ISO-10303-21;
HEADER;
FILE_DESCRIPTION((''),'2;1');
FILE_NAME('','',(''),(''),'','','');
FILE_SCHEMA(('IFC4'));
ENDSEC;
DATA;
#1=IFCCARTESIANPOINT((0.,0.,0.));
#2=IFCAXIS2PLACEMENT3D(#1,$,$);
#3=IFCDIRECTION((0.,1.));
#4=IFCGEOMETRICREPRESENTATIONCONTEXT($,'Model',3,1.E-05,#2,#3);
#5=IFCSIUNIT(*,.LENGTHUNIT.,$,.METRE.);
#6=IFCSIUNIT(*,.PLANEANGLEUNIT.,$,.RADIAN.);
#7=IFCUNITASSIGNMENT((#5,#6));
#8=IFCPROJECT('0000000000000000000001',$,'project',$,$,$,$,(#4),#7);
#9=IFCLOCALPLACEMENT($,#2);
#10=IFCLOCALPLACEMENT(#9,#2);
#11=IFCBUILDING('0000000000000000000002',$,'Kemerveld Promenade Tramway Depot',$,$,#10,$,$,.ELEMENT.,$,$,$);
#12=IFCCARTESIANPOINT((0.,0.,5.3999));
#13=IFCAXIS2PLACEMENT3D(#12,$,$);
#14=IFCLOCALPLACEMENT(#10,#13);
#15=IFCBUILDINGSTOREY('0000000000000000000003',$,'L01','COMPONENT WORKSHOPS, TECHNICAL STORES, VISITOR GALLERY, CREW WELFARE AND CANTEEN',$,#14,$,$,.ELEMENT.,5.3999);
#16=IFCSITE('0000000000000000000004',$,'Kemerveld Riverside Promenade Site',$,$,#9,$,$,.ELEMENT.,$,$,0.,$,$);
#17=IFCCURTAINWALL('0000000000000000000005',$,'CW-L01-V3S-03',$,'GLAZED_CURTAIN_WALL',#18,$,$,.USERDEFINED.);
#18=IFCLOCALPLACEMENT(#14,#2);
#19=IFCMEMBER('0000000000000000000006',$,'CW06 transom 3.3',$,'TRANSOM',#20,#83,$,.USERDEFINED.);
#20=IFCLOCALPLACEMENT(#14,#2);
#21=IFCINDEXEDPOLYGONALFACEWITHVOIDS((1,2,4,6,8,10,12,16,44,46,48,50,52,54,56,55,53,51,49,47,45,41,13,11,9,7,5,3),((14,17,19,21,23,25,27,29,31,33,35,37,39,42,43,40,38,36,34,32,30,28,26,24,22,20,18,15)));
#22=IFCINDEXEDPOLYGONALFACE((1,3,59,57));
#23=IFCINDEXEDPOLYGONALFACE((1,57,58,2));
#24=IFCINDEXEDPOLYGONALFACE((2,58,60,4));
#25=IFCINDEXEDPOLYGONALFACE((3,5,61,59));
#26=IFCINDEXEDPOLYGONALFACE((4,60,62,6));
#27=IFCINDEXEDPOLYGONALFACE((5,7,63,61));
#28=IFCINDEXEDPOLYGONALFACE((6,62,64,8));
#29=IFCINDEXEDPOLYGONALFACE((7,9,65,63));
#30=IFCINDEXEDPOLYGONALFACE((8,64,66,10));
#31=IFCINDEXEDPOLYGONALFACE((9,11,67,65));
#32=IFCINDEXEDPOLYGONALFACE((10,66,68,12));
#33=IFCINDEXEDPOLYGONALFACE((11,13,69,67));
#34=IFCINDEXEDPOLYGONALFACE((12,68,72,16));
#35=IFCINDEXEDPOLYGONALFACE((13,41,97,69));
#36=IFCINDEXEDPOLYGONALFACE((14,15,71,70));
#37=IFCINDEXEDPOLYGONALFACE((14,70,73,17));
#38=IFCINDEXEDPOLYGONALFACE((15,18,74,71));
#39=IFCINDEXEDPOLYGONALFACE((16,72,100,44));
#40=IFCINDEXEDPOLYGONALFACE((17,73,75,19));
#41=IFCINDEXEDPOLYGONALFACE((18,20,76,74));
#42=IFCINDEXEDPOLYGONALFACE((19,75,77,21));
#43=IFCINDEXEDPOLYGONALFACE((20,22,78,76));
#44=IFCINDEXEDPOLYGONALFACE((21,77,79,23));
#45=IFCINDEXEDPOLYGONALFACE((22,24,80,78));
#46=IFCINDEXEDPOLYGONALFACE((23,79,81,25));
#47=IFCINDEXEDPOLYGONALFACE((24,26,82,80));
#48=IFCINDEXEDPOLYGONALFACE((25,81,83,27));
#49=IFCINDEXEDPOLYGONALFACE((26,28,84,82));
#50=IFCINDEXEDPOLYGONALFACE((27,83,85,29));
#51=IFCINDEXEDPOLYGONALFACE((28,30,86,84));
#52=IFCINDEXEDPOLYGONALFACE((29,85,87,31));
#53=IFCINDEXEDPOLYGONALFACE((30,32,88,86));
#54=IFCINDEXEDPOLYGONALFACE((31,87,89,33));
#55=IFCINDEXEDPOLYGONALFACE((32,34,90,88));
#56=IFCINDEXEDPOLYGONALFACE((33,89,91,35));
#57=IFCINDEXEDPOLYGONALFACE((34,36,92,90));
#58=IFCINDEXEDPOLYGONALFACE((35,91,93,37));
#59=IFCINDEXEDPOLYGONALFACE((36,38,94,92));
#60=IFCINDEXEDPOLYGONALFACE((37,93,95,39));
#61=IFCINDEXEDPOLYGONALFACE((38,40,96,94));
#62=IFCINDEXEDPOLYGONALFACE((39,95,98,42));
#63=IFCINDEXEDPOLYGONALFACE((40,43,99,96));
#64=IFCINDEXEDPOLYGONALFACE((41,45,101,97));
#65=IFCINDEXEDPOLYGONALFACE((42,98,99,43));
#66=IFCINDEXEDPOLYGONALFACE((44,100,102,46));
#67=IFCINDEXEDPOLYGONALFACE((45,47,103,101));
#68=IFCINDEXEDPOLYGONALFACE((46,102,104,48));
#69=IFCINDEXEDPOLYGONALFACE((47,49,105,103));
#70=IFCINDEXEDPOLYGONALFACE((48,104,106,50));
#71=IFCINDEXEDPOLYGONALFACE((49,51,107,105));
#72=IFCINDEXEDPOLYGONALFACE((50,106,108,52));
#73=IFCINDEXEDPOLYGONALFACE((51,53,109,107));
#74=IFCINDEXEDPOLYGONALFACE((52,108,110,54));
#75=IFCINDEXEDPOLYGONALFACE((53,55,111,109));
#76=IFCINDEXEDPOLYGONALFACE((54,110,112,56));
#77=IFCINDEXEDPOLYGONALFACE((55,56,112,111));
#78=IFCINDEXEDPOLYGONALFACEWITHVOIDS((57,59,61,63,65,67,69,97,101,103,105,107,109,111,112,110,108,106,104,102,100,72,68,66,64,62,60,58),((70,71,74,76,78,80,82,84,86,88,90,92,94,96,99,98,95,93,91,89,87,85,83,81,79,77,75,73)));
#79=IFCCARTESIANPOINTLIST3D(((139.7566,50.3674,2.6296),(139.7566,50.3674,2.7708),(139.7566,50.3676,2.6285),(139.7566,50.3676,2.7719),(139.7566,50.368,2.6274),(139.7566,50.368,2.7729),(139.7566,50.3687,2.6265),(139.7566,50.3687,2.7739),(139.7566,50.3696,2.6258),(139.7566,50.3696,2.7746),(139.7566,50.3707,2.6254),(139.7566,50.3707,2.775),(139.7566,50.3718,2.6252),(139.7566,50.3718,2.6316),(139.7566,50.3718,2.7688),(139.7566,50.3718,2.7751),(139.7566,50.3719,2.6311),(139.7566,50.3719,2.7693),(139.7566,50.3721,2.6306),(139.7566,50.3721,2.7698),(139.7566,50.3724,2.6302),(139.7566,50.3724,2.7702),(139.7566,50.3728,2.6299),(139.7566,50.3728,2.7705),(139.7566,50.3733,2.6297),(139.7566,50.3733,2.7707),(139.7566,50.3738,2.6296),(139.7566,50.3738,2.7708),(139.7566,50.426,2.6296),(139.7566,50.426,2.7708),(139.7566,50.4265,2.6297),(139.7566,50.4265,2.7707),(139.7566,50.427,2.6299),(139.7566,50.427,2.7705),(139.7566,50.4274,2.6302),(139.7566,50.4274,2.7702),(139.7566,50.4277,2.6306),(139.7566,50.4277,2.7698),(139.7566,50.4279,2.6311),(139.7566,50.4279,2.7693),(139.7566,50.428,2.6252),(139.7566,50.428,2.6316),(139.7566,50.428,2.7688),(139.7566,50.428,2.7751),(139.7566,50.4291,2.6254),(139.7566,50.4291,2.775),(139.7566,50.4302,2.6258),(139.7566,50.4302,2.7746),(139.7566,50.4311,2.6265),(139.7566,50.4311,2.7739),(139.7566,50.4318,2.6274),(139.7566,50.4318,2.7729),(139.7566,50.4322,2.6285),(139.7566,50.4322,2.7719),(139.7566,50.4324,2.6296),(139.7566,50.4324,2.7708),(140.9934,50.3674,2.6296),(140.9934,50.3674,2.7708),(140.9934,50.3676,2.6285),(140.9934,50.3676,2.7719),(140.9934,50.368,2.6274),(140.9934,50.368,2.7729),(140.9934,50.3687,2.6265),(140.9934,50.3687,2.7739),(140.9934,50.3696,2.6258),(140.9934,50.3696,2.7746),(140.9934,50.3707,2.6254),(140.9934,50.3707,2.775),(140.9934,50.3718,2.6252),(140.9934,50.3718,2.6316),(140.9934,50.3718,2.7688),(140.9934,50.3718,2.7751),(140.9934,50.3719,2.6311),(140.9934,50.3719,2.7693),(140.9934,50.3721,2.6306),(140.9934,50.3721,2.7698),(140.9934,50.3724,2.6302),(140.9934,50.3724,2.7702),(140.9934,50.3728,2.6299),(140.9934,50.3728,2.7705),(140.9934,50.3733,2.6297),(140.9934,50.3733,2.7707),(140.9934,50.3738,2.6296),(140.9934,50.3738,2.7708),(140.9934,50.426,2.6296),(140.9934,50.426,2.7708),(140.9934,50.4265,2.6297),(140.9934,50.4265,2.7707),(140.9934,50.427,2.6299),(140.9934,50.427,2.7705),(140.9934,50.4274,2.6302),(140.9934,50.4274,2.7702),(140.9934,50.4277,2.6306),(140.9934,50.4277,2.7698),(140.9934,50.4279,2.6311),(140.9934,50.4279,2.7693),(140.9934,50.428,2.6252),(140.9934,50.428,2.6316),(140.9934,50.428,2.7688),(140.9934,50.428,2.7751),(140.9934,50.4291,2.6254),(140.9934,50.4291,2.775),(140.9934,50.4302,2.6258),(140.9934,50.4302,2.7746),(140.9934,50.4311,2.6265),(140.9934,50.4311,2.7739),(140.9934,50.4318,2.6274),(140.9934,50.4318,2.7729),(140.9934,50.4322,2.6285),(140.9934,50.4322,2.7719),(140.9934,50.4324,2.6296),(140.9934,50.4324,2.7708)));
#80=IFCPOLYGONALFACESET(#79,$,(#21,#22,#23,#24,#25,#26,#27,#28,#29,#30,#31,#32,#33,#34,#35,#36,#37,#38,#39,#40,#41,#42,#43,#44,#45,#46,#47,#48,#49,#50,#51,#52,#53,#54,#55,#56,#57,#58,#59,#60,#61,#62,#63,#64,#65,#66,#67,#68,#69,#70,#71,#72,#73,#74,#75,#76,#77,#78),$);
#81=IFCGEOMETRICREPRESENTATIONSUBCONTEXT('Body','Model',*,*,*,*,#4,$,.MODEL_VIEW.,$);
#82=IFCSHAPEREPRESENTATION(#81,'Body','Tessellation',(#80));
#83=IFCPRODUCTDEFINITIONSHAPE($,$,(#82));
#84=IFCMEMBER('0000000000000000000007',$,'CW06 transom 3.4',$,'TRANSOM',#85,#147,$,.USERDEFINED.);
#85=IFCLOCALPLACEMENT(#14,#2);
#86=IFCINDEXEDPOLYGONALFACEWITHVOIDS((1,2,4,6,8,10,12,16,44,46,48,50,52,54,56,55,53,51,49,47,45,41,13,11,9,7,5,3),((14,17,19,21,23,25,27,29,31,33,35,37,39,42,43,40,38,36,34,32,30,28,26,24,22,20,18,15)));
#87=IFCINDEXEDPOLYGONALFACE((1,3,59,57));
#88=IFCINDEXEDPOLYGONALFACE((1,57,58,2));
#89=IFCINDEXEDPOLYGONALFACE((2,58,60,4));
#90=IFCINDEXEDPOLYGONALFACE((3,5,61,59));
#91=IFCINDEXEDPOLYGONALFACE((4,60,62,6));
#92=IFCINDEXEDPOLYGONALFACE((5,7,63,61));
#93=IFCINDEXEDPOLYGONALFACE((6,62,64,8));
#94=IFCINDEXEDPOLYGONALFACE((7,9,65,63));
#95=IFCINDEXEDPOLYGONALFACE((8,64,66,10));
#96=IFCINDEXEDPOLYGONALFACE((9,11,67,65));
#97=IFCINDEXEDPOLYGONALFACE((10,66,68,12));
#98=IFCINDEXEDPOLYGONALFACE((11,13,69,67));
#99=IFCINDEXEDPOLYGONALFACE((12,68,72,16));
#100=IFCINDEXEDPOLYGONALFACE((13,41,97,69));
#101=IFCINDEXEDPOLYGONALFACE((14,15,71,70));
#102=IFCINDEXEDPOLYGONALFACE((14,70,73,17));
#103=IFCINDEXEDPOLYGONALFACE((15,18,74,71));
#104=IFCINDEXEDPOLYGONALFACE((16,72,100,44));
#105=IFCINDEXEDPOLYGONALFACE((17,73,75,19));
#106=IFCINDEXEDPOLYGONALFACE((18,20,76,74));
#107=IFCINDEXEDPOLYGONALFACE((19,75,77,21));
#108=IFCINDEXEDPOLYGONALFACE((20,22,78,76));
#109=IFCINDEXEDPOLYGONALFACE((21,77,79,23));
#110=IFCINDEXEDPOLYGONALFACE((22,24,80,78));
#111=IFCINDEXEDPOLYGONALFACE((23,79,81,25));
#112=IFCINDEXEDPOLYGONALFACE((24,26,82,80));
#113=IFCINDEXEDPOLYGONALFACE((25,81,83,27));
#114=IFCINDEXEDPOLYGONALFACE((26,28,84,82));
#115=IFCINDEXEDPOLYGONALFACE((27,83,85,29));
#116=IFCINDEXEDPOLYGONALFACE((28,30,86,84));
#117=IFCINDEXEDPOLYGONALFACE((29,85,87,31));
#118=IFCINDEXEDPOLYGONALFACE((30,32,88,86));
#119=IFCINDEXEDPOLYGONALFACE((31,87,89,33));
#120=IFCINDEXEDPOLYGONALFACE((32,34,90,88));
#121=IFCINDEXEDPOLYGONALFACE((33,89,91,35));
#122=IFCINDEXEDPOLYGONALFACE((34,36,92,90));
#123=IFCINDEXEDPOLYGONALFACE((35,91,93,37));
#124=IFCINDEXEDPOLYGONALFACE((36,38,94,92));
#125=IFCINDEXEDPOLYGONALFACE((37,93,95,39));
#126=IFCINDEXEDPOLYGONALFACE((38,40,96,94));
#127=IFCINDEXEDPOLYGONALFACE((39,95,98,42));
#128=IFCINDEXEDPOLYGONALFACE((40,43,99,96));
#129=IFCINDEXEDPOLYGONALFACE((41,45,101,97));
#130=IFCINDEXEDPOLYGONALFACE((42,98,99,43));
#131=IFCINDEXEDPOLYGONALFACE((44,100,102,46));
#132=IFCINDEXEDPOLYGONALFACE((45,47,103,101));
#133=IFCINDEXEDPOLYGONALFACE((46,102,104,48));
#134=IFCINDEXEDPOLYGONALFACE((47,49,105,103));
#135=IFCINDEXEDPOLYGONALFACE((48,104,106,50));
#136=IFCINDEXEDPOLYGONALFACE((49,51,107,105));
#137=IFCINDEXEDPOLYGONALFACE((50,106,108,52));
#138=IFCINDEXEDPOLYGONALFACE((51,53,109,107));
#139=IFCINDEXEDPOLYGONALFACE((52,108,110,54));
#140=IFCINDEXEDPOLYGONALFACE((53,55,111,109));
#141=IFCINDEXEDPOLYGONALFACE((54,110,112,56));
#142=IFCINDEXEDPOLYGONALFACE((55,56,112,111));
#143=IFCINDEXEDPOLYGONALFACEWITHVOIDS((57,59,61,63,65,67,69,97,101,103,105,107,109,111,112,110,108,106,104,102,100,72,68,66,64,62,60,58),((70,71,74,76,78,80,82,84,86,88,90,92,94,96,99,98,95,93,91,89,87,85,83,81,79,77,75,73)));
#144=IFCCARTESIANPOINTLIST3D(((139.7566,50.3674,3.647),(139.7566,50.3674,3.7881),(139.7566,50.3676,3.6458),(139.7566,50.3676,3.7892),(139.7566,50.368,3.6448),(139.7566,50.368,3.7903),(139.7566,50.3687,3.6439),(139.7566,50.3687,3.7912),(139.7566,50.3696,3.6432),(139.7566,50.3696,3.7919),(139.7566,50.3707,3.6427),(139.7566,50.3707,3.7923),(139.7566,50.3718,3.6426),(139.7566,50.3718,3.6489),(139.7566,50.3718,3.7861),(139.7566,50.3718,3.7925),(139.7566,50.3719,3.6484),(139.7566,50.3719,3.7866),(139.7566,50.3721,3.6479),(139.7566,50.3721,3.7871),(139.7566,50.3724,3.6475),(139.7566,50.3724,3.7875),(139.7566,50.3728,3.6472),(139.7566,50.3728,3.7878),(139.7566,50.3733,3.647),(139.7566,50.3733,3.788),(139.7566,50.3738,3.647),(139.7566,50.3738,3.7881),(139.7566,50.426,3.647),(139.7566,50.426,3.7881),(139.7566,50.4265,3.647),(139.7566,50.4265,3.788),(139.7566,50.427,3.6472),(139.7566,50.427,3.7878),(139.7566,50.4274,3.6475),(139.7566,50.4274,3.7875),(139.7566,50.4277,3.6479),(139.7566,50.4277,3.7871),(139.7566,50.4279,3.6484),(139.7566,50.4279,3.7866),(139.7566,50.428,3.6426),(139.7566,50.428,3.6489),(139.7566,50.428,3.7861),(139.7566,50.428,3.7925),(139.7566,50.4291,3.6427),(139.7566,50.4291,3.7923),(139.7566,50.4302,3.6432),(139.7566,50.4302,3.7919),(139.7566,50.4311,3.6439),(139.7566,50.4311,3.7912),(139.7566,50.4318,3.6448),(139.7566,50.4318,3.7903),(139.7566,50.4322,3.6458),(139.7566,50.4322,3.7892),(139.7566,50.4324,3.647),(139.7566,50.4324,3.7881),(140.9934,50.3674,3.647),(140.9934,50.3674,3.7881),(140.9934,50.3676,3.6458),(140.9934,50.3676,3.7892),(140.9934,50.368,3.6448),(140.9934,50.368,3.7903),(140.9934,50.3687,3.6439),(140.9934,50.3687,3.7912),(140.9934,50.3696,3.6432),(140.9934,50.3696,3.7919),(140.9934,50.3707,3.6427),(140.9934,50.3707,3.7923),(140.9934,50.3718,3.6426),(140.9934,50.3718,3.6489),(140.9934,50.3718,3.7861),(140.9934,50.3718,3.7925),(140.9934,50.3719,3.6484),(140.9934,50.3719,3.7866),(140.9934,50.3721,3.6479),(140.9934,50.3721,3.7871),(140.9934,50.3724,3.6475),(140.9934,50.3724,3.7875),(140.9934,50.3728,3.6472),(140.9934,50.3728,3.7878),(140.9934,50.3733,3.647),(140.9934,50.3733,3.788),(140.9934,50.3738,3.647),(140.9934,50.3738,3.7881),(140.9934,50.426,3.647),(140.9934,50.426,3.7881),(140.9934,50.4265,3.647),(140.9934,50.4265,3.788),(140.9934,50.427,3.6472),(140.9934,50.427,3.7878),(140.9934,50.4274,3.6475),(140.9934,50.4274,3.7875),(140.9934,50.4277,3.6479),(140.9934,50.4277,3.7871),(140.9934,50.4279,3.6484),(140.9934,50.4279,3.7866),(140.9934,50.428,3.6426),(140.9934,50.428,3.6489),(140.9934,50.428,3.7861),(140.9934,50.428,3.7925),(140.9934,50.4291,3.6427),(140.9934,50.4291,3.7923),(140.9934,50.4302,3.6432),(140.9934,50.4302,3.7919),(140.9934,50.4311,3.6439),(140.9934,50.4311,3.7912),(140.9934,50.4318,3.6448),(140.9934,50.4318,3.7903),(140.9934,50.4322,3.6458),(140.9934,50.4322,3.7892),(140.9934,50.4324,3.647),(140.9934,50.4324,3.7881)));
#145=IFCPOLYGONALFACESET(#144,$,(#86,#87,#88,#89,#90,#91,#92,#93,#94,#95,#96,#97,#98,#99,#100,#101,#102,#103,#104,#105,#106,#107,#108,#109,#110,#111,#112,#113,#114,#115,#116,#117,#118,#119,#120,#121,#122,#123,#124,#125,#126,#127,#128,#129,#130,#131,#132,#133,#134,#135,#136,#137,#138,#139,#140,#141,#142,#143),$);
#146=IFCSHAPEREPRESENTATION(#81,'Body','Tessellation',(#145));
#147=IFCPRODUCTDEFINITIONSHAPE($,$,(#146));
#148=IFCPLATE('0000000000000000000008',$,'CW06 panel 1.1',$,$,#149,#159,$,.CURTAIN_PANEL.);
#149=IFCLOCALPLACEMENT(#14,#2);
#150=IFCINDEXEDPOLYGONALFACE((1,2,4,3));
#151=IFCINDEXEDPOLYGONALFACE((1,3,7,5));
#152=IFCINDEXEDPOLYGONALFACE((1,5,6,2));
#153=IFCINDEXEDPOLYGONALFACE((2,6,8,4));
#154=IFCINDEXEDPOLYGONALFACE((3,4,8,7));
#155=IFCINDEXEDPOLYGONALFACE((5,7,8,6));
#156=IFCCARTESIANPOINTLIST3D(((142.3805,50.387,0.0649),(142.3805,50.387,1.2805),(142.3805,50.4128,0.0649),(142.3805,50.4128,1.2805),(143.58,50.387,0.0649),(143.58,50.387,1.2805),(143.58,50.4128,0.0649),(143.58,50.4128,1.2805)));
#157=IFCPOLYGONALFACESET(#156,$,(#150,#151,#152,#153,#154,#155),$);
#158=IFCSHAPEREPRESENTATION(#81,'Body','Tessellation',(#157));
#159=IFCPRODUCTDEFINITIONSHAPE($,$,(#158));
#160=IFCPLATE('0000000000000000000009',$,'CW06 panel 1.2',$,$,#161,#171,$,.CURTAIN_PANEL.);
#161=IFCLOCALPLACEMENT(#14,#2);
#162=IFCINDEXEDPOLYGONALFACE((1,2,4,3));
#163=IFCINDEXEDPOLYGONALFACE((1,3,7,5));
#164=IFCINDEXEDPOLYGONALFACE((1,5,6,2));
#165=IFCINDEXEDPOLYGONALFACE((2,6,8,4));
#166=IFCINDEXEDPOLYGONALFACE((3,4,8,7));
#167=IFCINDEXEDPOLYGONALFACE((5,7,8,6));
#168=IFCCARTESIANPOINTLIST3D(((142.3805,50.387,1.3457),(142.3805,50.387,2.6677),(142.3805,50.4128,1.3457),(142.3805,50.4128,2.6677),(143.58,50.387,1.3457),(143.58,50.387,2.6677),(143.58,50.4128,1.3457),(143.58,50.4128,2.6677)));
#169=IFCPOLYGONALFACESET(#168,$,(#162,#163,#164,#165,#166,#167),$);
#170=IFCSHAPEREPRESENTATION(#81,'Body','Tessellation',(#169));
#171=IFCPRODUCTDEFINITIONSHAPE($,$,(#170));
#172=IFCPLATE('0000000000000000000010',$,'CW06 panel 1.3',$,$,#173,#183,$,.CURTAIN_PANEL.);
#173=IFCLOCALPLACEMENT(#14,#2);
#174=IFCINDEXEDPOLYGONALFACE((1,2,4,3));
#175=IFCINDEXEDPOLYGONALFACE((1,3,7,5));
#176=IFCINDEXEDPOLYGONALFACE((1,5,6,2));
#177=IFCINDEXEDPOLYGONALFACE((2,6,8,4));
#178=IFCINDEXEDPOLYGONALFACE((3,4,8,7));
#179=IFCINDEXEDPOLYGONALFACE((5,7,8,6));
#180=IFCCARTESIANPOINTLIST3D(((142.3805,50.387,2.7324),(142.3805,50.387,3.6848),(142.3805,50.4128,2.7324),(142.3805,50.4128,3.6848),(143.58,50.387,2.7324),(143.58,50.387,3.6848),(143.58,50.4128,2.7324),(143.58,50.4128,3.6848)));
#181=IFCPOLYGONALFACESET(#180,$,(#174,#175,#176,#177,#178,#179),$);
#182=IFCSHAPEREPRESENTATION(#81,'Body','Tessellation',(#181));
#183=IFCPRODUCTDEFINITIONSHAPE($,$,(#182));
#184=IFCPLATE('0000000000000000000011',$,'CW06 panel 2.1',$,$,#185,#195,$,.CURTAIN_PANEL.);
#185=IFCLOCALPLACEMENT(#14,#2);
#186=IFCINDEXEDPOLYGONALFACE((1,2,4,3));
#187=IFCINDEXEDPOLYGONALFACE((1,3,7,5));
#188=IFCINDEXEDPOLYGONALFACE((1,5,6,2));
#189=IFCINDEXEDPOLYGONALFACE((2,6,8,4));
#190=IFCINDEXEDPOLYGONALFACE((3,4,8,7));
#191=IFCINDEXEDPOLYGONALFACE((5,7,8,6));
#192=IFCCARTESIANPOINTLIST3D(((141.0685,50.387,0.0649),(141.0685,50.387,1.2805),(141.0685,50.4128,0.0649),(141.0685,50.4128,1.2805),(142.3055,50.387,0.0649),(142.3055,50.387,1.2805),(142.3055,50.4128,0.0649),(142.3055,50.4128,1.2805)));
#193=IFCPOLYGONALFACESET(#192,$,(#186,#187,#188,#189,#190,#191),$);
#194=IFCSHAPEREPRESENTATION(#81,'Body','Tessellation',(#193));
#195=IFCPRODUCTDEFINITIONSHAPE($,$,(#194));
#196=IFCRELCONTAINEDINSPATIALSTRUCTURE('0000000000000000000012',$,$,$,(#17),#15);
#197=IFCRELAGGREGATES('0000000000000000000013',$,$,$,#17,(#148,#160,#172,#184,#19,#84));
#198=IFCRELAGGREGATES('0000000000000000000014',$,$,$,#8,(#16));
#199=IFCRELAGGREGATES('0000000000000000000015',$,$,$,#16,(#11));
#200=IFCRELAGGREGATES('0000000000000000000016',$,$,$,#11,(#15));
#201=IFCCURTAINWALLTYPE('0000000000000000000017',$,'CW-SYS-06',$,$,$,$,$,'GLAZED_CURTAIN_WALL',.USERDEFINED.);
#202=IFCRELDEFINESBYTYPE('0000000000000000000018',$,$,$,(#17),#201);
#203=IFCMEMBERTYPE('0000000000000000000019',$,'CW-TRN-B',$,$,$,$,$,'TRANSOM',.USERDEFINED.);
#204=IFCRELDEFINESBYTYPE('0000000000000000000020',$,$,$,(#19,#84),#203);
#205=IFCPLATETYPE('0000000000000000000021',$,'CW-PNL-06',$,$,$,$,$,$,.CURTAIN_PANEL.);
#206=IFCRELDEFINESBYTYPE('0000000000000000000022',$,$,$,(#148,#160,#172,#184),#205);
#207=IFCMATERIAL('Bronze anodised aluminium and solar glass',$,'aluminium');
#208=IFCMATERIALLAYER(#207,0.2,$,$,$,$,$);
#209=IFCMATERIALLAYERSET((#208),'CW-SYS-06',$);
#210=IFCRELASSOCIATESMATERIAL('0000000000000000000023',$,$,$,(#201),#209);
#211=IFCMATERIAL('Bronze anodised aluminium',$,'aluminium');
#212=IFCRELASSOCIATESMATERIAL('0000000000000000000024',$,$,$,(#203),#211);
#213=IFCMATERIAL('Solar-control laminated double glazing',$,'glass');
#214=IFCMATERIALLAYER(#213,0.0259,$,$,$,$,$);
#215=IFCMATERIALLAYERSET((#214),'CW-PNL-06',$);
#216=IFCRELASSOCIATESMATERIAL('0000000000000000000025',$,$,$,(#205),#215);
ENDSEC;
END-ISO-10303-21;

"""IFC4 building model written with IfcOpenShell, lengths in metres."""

from ifc_helpers import new_model, si_unit, direction, frame, origin, origin_2d, place, context, subcontext, project, spatial, rectangle, hollow_rectangle, extrude, material, layer, layer_set, material_profile, profile_set, type_object, element, aggregate, save


model = new_model("IFC4")

# Units and contexts
model_context = context("Model", 3, precision=1e-05, world=origin(), true_north=direction((0.0, 1.0)))
body_context = subcontext(model_context, "Body", "Model", "MODEL_VIEW")
ifc_project = project(units=[si_unit("LENGTHUNIT", "METRE"), si_unit("PLANEANGLEUNIT", "RADIAN")], contexts=[model_context])

# Site, building, storey
site_placement = place(None, origin())
site = spatial("IfcSite", under=ifc_project, at=site_placement, Name="Kemerveld Riverside Promenade Site", CompositionType="ELEMENT", RefElevation=0.0)
building_placement = place(site_placement, origin())
building = spatial("IfcBuilding", under=site, at=building_placement, Name="Kemerveld Promenade Tramway Depot", CompositionType="ELEMENT")
storey_placement = place(building_placement, frame((0.0, 0.0, 5.3999)))
storey = spatial("IfcBuildingStorey", under=building, at=storey_placement, Name="L01", Description="COMPONENT WORKSHOPS, TECHNICAL STORES, VISITOR GALLERY, CREW WELFARE AND CANTEEN", CompositionType="ELEMENT", Elevation=5.3999)

# Curtain wall, members, plates
ifc_material_1 = material(Name="Bronze anodised aluminium and solar glass", Category="aluminium")
ifc_layer_1 = layer(ifc_material_1, 0.2)
ifc_layer_set_1 = layer_set([ifc_layer_1], Name="CW-SYS-06")
curtain_wall_type = type_object("IfcCurtainWallType", Name="CW-SYS-06", ElementType="GLAZED_CURTAIN_WALL", PredefinedType="USERDEFINED", material=ifc_layer_set_1)
curtain_wall_placement = place(storey_placement, origin())
curtain_wall = element("IfcCurtainWall", 1, at=curtain_wall_placement, inside=storey, type_object=curtain_wall_type, Name="CW-L01-V3S-03", ObjectType="GLAZED_CURTAIN_WALL", PredefinedType="USERDEFINED")
ifc_material_2 = material(Name="Bronze anodised aluminium", Category="aluminium")
ifc_material_profile_1 = material_profile(ifc_material_2, hollow_rectangle(XDim=0.0649, YDim=0.1499, WallThickness=0.0044, InnerFilletRadius=0.002, OuterFilletRadius=0.0044, at=origin_2d()), Name="CW-TRN-150x65")
ifc_profile_set_1 = profile_set([ifc_material_profile_1], Name="Bronze anodised aluminium")
member_type_1 = type_object("IfcMemberType", Name="CW-TRN-B", ElementType="TRANSOM", PredefinedType="USERDEFINED", material=ifc_profile_set_1)
member_1_placement = place(storey_placement, frame((140.9934, 50.3999, 2.7002), z_axis=(-1.0, 0.0, 0.0), x_axis=(0.0, -1.0, 0.0)))
member_1 = element("IfcMember", 2, at=member_1_placement, type_object=member_type_1, Name="CW06 transom 3.3", ObjectType="TRANSOM", PredefinedType="USERDEFINED", context=body_context, shape_type="SweptSolid", body=[
    extrude(hollow_rectangle(XDim=0.0649, YDim=0.1499, WallThickness=0.0044, InnerFilletRadius=0.002, OuterFilletRadius=0.0044, at=origin_2d()), origin(), (0.0, 0.0, 1.0), 1.2368),
])
member_2_placement = place(storey_placement, frame((140.9934, 50.3999, 3.7175), z_axis=(-1.0, 0.0, 0.0), x_axis=(0.0, -1.0, 0.0)))
member_2 = element("IfcMember", 3, at=member_2_placement, type_object=member_type_1, Name="CW06 transom 3.4", ObjectType="TRANSOM", PredefinedType="USERDEFINED", context=body_context, shape_type="SweptSolid", body=[
    extrude(hollow_rectangle(XDim=0.0649, YDim=0.1499, WallThickness=0.0044, InnerFilletRadius=0.002, OuterFilletRadius=0.0044, at=origin_2d()), origin(), (0.0, 0.0, 1.0), 1.2368),
])
ifc_material_3 = material(Name="Solar-control laminated double glazing", Category="glass")
ifc_layer_2 = layer(ifc_material_3, 0.0259)
ifc_layer_set_2 = layer_set([ifc_layer_2], Name="CW-PNL-06")
plate_type = type_object("IfcPlateType", Name="CW-PNL-06", PredefinedType="CURTAIN_PANEL", material=ifc_layer_set_2)
plate_1_placement = place(storey_placement, frame((142.9802, 50.3999, 0.0649), z_axis=(0.0, 0.0, 1.0), x_axis=(-1.0, 0.0, 0.0)))
plate_1 = element("IfcPlate", 4, at=plate_1_placement, type_object=plate_type, Name="CW06 panel 1.1", PredefinedType="CURTAIN_PANEL", context=body_context, shape_type="SweptSolid", body=[
    extrude(rectangle(XDim=1.1995, YDim=0.0259, at=origin_2d()), origin(), (0.0, 0.0, 1.0), 1.2156),
])
plate_2_placement = place(storey_placement, frame((142.9802, 50.3999, 1.3457), z_axis=(0.0, 0.0, 1.0), x_axis=(-1.0, 0.0, 0.0)))
plate_2 = element("IfcPlate", 5, at=plate_2_placement, type_object=plate_type, Name="CW06 panel 1.2", PredefinedType="CURTAIN_PANEL", context=body_context, shape_type="SweptSolid", body=[
    extrude(rectangle(XDim=1.1995, YDim=0.0259, at=origin_2d()), origin(), (0.0, 0.0, 1.0), 1.322),
])
plate_3_placement = place(storey_placement, frame((142.9802, 50.3999, 2.7324), z_axis=(0.0, 0.0, 1.0), x_axis=(-1.0, 0.0, 0.0)))
plate_3 = element("IfcPlate", 6, at=plate_3_placement, type_object=plate_type, Name="CW06 panel 1.3", PredefinedType="CURTAIN_PANEL", context=body_context, shape_type="SweptSolid", body=[
    extrude(rectangle(XDim=1.1995, YDim=0.0259, at=origin_2d()), origin(), (0.0, 0.0, 1.0), 0.9524),
])
plate_4_placement = place(storey_placement, frame((141.687, 50.3999, 0.0649), z_axis=(0.0, 0.0, 1.0), x_axis=(-1.0, 0.0, 0.0)))
plate_4 = element("IfcPlate", 7, at=plate_4_placement, type_object=plate_type, Name="CW06 panel 2.1", PredefinedType="CURTAIN_PANEL", context=body_context, shape_type="SweptSolid", body=[
    extrude(rectangle(XDim=1.2371, YDim=0.0259, at=origin_2d()), origin(), (0.0, 0.0, 1.0), 1.2156),
])
aggregate(curtain_wall, [plate_1, plate_2, plate_3, plate_4, member_1, member_2])

save(model, "model.ifc")
